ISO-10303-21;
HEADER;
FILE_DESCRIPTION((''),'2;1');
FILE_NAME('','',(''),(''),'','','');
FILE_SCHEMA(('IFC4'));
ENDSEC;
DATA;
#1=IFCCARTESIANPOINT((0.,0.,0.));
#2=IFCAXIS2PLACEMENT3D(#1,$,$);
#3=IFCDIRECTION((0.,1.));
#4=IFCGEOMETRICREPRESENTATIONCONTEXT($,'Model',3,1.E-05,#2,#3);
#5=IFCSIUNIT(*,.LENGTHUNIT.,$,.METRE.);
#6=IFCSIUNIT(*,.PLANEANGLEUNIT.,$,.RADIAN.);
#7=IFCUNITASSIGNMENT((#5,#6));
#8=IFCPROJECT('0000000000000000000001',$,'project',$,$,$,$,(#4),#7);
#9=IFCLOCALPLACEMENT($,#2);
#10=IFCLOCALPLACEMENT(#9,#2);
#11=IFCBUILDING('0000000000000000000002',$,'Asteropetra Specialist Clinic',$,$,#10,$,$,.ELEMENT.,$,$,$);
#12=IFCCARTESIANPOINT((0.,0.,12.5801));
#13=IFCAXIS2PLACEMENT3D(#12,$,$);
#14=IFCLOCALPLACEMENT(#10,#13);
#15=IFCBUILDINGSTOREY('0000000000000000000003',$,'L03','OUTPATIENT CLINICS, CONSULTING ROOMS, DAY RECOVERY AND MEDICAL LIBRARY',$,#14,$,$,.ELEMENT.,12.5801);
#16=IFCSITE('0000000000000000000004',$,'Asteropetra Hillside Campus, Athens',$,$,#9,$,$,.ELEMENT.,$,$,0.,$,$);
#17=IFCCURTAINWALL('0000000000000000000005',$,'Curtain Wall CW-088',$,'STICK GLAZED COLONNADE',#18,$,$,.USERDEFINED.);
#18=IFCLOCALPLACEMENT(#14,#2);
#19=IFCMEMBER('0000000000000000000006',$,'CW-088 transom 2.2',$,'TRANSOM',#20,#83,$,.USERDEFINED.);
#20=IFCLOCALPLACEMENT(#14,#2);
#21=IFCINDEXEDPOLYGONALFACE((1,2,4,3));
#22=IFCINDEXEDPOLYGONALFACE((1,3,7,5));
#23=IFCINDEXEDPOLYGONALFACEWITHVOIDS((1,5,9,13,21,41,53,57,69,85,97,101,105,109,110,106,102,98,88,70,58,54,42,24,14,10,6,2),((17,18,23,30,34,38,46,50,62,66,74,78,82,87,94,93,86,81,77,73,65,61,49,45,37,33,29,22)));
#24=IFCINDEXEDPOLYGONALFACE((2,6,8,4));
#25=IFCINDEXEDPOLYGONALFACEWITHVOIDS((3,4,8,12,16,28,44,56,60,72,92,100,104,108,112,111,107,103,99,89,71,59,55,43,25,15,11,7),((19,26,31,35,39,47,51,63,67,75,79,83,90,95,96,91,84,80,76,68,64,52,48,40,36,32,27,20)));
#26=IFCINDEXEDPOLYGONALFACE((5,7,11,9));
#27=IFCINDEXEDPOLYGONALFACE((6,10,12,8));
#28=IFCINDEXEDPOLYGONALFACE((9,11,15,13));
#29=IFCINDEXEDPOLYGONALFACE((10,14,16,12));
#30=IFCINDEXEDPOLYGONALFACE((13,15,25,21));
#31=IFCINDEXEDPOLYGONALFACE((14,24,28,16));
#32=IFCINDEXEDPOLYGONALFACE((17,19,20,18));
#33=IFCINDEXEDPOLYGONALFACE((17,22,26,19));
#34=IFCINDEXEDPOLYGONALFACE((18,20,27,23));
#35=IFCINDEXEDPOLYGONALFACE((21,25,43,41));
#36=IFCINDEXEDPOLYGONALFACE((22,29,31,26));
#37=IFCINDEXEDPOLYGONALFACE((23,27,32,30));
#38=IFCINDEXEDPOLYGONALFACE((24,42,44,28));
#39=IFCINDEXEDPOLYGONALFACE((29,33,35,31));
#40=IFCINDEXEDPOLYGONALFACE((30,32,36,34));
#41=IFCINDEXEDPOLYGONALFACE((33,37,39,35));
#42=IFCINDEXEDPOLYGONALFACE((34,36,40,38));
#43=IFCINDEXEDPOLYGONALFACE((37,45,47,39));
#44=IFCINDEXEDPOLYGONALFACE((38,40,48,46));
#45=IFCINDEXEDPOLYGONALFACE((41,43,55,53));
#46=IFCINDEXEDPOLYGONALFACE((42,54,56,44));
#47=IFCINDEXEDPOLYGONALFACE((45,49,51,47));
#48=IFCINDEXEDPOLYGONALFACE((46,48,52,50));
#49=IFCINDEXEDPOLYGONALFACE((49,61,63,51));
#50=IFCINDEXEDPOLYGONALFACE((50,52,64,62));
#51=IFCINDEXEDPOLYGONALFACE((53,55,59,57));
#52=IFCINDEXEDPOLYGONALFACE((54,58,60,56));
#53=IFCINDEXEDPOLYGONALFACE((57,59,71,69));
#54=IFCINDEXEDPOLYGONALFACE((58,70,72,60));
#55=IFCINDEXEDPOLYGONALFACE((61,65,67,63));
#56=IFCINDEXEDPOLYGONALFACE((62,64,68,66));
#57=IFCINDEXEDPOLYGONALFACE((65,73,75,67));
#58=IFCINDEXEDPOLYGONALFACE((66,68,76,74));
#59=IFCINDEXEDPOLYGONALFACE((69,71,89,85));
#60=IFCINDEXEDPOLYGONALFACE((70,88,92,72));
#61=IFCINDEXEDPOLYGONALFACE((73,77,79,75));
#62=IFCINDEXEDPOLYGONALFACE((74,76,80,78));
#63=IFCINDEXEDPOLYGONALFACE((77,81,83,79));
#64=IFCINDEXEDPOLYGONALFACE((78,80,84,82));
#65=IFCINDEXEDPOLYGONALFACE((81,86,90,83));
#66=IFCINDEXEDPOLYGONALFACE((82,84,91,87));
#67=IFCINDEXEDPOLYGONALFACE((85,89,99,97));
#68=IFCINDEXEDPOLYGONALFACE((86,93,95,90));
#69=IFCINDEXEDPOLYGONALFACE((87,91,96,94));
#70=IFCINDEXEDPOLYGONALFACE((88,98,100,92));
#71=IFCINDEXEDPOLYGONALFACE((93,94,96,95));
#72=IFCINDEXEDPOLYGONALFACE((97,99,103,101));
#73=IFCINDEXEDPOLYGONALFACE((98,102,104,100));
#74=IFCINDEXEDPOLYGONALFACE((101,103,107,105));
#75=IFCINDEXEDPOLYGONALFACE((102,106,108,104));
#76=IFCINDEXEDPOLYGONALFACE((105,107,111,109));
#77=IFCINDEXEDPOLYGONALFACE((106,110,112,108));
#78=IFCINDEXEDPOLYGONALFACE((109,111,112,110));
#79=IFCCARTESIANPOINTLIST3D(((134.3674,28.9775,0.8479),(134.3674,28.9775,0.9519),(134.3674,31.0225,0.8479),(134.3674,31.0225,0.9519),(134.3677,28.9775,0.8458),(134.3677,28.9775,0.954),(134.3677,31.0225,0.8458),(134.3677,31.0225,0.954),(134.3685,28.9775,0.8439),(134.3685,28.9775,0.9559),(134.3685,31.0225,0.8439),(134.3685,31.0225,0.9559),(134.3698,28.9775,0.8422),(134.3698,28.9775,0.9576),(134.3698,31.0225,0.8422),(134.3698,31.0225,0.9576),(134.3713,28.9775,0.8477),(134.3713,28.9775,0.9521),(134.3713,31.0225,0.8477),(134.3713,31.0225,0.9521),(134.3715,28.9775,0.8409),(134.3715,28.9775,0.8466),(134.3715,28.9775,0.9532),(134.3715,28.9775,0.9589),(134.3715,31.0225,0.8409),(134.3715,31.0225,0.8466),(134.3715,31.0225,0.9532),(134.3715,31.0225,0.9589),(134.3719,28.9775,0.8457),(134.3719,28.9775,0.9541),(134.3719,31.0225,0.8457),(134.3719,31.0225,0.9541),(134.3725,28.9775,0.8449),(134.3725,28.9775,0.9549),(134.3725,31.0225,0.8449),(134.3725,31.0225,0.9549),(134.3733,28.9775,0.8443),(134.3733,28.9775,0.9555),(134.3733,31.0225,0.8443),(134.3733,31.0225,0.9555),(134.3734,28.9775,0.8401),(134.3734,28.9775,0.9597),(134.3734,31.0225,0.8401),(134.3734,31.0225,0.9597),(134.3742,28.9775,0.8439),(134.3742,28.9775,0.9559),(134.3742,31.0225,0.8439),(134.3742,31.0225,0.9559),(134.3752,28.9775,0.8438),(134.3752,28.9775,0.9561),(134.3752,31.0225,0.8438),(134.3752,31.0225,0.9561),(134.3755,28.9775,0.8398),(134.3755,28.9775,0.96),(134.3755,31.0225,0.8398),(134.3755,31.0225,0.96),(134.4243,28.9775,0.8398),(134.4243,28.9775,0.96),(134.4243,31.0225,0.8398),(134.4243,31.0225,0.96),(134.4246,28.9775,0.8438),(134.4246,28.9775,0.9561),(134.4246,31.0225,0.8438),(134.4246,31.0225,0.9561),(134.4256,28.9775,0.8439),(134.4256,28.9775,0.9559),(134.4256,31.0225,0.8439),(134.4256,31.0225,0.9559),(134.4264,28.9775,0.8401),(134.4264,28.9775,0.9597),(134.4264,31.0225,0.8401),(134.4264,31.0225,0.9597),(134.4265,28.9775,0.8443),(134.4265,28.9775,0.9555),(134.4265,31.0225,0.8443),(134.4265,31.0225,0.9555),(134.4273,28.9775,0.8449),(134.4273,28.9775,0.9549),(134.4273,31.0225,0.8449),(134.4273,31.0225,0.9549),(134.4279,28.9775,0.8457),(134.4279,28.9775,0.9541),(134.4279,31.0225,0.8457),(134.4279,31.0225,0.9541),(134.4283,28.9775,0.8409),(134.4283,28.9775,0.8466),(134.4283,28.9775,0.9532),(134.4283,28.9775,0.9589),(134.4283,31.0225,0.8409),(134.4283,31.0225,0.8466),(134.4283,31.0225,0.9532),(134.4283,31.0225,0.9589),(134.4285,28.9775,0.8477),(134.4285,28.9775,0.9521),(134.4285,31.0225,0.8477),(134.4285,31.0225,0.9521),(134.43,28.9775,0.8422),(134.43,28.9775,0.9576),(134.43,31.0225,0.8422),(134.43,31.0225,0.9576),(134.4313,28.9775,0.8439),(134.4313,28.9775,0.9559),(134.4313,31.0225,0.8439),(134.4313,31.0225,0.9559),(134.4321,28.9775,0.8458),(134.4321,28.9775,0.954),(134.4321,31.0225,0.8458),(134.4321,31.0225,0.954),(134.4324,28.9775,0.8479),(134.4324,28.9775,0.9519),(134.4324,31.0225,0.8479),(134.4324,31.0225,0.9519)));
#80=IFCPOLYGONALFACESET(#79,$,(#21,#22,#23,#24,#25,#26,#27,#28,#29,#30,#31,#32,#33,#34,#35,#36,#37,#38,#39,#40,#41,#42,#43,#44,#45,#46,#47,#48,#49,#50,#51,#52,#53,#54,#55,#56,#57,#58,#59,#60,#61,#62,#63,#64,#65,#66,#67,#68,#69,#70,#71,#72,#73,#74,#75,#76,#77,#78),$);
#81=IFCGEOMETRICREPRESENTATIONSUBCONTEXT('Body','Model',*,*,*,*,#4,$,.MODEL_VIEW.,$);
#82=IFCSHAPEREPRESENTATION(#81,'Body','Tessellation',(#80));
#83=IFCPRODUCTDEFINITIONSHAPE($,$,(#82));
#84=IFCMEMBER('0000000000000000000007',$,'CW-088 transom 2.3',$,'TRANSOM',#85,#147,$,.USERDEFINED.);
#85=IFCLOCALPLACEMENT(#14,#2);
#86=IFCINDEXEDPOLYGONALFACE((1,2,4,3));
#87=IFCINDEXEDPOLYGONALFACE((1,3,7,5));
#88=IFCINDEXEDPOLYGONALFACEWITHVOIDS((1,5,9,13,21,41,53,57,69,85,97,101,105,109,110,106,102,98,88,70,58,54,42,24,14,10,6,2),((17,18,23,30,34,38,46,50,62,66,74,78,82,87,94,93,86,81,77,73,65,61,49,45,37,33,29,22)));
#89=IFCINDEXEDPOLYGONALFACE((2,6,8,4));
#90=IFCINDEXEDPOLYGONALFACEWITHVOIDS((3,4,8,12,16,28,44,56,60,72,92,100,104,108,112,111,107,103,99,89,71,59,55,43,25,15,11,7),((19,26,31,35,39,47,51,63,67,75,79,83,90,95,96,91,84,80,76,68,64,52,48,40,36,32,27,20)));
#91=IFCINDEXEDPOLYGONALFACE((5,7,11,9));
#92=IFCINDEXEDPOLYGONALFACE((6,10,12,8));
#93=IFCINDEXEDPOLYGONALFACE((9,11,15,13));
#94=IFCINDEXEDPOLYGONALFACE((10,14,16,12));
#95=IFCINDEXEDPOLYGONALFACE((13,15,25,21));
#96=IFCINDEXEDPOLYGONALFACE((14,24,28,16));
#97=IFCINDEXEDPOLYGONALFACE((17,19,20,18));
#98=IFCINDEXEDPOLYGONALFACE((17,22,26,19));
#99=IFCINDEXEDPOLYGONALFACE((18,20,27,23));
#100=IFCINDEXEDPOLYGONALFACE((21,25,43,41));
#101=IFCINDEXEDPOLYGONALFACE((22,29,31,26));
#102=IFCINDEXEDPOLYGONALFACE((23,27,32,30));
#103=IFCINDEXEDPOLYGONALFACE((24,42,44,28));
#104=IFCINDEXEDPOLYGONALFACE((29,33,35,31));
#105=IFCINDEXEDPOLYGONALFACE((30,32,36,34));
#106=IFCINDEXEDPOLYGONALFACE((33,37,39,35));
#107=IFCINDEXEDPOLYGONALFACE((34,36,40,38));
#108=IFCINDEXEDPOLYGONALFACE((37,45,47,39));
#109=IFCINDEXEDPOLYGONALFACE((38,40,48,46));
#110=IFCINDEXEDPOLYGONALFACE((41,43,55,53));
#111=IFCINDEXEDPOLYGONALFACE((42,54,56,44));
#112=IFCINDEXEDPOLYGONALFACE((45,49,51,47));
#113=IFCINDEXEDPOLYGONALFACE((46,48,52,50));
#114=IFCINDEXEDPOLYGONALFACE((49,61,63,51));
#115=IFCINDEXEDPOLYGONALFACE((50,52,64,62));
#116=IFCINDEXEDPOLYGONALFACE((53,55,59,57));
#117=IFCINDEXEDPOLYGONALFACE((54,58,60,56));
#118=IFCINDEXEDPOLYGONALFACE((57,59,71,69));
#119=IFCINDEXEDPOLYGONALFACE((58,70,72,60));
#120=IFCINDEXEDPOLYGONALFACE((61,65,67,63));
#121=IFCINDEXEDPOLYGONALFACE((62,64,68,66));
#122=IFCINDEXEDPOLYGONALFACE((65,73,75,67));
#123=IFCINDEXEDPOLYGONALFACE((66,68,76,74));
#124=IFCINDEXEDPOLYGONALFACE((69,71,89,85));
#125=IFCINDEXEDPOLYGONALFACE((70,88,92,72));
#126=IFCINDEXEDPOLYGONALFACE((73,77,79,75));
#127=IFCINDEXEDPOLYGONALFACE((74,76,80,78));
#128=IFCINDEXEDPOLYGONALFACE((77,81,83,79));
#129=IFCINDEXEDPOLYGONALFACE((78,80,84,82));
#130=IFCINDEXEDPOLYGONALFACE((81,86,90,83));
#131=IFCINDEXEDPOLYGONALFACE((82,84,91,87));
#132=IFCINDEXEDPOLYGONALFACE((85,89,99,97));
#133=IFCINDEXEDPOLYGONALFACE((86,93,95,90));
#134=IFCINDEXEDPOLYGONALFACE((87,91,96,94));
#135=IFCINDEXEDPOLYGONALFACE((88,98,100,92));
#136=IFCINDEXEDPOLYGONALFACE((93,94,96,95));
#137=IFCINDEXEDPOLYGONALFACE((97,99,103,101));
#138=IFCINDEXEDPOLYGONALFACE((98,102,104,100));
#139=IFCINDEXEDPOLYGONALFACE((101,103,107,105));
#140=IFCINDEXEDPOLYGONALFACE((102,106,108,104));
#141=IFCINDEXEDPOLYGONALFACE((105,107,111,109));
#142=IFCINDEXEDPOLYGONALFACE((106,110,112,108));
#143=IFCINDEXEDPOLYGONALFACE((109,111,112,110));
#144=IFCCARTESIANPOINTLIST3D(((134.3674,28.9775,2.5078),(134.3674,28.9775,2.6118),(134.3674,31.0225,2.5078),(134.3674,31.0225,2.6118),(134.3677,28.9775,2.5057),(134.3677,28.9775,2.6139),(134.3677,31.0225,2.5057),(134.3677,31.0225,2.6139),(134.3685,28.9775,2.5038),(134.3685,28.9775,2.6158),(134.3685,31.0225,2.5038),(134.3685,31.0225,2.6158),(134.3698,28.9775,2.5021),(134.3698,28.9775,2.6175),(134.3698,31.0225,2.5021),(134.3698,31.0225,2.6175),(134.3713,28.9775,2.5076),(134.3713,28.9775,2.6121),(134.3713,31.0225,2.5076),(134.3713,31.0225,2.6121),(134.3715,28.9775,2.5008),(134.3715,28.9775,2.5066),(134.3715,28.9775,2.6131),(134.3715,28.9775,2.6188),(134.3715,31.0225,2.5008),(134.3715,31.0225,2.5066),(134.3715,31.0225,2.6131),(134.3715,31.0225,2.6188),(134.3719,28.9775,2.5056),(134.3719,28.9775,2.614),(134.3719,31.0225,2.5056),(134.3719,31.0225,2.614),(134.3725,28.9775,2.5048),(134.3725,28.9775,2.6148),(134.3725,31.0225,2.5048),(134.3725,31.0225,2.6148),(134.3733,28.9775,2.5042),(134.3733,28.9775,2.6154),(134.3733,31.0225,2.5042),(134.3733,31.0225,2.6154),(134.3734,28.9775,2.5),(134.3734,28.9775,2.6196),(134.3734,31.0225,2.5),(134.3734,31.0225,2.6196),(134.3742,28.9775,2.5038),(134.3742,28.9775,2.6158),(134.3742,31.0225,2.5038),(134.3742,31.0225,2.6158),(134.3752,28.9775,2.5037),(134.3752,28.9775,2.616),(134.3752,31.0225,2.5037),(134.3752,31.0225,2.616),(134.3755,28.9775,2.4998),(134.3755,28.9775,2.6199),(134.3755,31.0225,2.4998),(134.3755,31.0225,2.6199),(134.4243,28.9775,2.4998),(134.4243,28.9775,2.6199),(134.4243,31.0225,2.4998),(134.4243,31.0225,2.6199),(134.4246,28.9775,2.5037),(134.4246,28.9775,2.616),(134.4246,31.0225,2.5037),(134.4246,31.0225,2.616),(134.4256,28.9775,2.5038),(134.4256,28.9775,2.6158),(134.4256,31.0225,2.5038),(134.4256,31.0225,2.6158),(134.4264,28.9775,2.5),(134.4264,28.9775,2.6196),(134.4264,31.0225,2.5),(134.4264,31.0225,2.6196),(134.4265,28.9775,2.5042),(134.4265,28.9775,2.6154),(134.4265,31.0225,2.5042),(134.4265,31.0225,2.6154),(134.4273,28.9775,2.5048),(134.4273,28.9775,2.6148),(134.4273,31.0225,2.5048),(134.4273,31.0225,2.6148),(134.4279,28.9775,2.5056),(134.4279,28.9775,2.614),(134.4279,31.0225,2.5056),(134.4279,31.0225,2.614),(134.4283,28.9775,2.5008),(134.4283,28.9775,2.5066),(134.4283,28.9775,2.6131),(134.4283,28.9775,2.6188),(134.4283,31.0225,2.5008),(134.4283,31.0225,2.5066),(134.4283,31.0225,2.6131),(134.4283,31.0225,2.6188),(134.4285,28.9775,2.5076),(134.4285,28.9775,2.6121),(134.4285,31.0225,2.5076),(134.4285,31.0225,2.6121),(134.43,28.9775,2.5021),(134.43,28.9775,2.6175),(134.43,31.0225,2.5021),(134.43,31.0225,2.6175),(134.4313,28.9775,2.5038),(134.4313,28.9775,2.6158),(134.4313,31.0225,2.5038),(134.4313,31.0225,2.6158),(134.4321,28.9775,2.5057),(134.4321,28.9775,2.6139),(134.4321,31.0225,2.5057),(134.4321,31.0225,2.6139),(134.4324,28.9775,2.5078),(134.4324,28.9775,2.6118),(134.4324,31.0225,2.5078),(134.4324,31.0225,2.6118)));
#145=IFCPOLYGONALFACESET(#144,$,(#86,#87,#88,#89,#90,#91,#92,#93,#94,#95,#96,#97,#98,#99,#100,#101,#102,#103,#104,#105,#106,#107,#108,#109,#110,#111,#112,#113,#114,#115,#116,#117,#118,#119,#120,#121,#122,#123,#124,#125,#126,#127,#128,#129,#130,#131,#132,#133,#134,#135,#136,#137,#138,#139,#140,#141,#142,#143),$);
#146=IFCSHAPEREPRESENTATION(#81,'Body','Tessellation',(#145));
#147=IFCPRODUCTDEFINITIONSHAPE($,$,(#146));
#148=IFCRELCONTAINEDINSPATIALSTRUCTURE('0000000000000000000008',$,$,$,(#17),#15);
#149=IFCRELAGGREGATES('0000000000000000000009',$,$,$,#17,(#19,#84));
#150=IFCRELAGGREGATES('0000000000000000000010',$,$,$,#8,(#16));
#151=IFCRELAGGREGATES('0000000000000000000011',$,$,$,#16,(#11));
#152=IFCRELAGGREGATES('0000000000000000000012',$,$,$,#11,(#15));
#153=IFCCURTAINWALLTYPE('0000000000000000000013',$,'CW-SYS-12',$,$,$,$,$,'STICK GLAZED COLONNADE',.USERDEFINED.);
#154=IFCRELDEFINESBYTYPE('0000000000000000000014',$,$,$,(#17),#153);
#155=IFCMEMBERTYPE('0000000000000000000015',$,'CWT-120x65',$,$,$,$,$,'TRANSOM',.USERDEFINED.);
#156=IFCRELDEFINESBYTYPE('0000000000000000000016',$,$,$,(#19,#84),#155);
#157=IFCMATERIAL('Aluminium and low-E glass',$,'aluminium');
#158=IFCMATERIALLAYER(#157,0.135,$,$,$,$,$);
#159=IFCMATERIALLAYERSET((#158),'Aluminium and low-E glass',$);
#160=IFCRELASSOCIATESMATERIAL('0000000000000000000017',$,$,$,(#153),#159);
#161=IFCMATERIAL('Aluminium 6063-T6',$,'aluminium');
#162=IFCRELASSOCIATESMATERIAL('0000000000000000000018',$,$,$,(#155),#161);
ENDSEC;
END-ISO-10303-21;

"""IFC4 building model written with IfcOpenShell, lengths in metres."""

from ifc_helpers import new_model, si_unit, direction, frame, origin, origin_2d, place, context, subcontext, project, spatial, hollow_rectangle, extrude, material, layer, layer_set, material_profile, profile_set, type_object, element, aggregate, save


model = new_model("IFC4")

# Units and contexts
model_context = context("Model", 3, precision=1e-05, world=origin(), true_north=direction((0.0, 1.0)))
body_context = subcontext(model_context, "Body", "Model", "MODEL_VIEW")
ifc_project = project(units=[si_unit("LENGTHUNIT", "METRE"), si_unit("PLANEANGLEUNIT", "RADIAN")], contexts=[model_context])

# Site, building, storey
site_placement = place(None, origin())
site = spatial("IfcSite", under=ifc_project, at=site_placement, Name="Asteropetra Hillside Campus, Athens", CompositionType="ELEMENT", RefElevation=0.0)
building_placement = place(site_placement, origin())
building = spatial("IfcBuilding", under=site, at=building_placement, Name="Asteropetra Specialist Clinic", CompositionType="ELEMENT")
storey_placement = place(building_placement, frame((0.0, 0.0, 12.5801)))
storey = spatial("IfcBuildingStorey", under=building, at=storey_placement, Name="L03", Description="OUTPATIENT CLINICS, CONSULTING ROOMS, DAY RECOVERY AND MEDICAL LIBRARY", CompositionType="ELEMENT", Elevation=12.5801)

# Curtain wall
ifc_material_1 = material(Name="Aluminium and low-E glass", Category="aluminium")
ifc_layer_1 = layer(ifc_material_1, 0.135)
ifc_layer_set_1 = layer_set([ifc_layer_1], Name="Aluminium and low-E glass")
curtain_wall_type_1 = type_object("IfcCurtainWallType", Name="CW-SYS-12", ElementType="STICK GLAZED COLONNADE", PredefinedType="USERDEFINED", material=ifc_layer_set_1)
curtain_wall_1_placement = place(storey_placement, origin())
curtain_wall_1 = element("IfcCurtainWall", 1, at=curtain_wall_1_placement, inside=storey, type_object=curtain_wall_type_1, Name="Curtain Wall CW-088", ObjectType="STICK GLAZED COLONNADE", PredefinedType="USERDEFINED")

# Members
ifc_material_2 = material(Name="Aluminium 6063-T6", Category="aluminium")
ifc_material_profile_1 = material_profile(ifc_material_2, hollow_rectangle(XDim=0.0649, YDim=0.1201, WallThickness=0.0039, InnerFilletRadius=0.0039, OuterFilletRadius=0.0081, at=origin_2d()), Name="TRN 120x65x4.0")
ifc_profile_set_1 = profile_set([ifc_material_profile_1], Name="Aluminium 6063-T6")
member_type_1 = type_object("IfcMemberType", Name="CWT-120x65", ElementType="TRANSOM", PredefinedType="USERDEFINED", material=ifc_profile_set_1)
member_1_placement = place(storey_placement, frame((134.3999, 28.9775, 0.8999), z_axis=(0.0, 1.0, 0.0), x_axis=(-1.0, 0.0, 0.0)))
member_1 = element("IfcMember", 2, at=member_1_placement, type_object=member_type_1, Name="CW-088 transom 2.2", ObjectType="TRANSOM", PredefinedType="USERDEFINED", context=body_context, shape_type="SweptSolid", body=[
    extrude(hollow_rectangle(XDim=0.0649, YDim=0.1201, WallThickness=0.0039, InnerFilletRadius=0.0039, OuterFilletRadius=0.0081, at=origin_2d()), origin(), (0.0, 0.0, 1.0), 2.0449),
])
member_2_placement = place(storey_placement, frame((134.3999, 28.9775, 2.5598), z_axis=(0.0, 1.0, 0.0), x_axis=(-1.0, 0.0, 0.0)))
member_2 = element("IfcMember", 3, at=member_2_placement, type_object=member_type_1, Name="CW-088 transom 2.3", ObjectType="TRANSOM", PredefinedType="USERDEFINED", context=body_context, shape_type="SweptSolid", body=[
    extrude(hollow_rectangle(XDim=0.0649, YDim=0.1201, WallThickness=0.0039, InnerFilletRadius=0.0039, OuterFilletRadius=0.0081, at=origin_2d()), origin(), (0.0, 0.0, 1.0), 2.0449),
])

aggregate(curtain_wall_1, [member_1, member_2])

save(model, "model.ifc")
